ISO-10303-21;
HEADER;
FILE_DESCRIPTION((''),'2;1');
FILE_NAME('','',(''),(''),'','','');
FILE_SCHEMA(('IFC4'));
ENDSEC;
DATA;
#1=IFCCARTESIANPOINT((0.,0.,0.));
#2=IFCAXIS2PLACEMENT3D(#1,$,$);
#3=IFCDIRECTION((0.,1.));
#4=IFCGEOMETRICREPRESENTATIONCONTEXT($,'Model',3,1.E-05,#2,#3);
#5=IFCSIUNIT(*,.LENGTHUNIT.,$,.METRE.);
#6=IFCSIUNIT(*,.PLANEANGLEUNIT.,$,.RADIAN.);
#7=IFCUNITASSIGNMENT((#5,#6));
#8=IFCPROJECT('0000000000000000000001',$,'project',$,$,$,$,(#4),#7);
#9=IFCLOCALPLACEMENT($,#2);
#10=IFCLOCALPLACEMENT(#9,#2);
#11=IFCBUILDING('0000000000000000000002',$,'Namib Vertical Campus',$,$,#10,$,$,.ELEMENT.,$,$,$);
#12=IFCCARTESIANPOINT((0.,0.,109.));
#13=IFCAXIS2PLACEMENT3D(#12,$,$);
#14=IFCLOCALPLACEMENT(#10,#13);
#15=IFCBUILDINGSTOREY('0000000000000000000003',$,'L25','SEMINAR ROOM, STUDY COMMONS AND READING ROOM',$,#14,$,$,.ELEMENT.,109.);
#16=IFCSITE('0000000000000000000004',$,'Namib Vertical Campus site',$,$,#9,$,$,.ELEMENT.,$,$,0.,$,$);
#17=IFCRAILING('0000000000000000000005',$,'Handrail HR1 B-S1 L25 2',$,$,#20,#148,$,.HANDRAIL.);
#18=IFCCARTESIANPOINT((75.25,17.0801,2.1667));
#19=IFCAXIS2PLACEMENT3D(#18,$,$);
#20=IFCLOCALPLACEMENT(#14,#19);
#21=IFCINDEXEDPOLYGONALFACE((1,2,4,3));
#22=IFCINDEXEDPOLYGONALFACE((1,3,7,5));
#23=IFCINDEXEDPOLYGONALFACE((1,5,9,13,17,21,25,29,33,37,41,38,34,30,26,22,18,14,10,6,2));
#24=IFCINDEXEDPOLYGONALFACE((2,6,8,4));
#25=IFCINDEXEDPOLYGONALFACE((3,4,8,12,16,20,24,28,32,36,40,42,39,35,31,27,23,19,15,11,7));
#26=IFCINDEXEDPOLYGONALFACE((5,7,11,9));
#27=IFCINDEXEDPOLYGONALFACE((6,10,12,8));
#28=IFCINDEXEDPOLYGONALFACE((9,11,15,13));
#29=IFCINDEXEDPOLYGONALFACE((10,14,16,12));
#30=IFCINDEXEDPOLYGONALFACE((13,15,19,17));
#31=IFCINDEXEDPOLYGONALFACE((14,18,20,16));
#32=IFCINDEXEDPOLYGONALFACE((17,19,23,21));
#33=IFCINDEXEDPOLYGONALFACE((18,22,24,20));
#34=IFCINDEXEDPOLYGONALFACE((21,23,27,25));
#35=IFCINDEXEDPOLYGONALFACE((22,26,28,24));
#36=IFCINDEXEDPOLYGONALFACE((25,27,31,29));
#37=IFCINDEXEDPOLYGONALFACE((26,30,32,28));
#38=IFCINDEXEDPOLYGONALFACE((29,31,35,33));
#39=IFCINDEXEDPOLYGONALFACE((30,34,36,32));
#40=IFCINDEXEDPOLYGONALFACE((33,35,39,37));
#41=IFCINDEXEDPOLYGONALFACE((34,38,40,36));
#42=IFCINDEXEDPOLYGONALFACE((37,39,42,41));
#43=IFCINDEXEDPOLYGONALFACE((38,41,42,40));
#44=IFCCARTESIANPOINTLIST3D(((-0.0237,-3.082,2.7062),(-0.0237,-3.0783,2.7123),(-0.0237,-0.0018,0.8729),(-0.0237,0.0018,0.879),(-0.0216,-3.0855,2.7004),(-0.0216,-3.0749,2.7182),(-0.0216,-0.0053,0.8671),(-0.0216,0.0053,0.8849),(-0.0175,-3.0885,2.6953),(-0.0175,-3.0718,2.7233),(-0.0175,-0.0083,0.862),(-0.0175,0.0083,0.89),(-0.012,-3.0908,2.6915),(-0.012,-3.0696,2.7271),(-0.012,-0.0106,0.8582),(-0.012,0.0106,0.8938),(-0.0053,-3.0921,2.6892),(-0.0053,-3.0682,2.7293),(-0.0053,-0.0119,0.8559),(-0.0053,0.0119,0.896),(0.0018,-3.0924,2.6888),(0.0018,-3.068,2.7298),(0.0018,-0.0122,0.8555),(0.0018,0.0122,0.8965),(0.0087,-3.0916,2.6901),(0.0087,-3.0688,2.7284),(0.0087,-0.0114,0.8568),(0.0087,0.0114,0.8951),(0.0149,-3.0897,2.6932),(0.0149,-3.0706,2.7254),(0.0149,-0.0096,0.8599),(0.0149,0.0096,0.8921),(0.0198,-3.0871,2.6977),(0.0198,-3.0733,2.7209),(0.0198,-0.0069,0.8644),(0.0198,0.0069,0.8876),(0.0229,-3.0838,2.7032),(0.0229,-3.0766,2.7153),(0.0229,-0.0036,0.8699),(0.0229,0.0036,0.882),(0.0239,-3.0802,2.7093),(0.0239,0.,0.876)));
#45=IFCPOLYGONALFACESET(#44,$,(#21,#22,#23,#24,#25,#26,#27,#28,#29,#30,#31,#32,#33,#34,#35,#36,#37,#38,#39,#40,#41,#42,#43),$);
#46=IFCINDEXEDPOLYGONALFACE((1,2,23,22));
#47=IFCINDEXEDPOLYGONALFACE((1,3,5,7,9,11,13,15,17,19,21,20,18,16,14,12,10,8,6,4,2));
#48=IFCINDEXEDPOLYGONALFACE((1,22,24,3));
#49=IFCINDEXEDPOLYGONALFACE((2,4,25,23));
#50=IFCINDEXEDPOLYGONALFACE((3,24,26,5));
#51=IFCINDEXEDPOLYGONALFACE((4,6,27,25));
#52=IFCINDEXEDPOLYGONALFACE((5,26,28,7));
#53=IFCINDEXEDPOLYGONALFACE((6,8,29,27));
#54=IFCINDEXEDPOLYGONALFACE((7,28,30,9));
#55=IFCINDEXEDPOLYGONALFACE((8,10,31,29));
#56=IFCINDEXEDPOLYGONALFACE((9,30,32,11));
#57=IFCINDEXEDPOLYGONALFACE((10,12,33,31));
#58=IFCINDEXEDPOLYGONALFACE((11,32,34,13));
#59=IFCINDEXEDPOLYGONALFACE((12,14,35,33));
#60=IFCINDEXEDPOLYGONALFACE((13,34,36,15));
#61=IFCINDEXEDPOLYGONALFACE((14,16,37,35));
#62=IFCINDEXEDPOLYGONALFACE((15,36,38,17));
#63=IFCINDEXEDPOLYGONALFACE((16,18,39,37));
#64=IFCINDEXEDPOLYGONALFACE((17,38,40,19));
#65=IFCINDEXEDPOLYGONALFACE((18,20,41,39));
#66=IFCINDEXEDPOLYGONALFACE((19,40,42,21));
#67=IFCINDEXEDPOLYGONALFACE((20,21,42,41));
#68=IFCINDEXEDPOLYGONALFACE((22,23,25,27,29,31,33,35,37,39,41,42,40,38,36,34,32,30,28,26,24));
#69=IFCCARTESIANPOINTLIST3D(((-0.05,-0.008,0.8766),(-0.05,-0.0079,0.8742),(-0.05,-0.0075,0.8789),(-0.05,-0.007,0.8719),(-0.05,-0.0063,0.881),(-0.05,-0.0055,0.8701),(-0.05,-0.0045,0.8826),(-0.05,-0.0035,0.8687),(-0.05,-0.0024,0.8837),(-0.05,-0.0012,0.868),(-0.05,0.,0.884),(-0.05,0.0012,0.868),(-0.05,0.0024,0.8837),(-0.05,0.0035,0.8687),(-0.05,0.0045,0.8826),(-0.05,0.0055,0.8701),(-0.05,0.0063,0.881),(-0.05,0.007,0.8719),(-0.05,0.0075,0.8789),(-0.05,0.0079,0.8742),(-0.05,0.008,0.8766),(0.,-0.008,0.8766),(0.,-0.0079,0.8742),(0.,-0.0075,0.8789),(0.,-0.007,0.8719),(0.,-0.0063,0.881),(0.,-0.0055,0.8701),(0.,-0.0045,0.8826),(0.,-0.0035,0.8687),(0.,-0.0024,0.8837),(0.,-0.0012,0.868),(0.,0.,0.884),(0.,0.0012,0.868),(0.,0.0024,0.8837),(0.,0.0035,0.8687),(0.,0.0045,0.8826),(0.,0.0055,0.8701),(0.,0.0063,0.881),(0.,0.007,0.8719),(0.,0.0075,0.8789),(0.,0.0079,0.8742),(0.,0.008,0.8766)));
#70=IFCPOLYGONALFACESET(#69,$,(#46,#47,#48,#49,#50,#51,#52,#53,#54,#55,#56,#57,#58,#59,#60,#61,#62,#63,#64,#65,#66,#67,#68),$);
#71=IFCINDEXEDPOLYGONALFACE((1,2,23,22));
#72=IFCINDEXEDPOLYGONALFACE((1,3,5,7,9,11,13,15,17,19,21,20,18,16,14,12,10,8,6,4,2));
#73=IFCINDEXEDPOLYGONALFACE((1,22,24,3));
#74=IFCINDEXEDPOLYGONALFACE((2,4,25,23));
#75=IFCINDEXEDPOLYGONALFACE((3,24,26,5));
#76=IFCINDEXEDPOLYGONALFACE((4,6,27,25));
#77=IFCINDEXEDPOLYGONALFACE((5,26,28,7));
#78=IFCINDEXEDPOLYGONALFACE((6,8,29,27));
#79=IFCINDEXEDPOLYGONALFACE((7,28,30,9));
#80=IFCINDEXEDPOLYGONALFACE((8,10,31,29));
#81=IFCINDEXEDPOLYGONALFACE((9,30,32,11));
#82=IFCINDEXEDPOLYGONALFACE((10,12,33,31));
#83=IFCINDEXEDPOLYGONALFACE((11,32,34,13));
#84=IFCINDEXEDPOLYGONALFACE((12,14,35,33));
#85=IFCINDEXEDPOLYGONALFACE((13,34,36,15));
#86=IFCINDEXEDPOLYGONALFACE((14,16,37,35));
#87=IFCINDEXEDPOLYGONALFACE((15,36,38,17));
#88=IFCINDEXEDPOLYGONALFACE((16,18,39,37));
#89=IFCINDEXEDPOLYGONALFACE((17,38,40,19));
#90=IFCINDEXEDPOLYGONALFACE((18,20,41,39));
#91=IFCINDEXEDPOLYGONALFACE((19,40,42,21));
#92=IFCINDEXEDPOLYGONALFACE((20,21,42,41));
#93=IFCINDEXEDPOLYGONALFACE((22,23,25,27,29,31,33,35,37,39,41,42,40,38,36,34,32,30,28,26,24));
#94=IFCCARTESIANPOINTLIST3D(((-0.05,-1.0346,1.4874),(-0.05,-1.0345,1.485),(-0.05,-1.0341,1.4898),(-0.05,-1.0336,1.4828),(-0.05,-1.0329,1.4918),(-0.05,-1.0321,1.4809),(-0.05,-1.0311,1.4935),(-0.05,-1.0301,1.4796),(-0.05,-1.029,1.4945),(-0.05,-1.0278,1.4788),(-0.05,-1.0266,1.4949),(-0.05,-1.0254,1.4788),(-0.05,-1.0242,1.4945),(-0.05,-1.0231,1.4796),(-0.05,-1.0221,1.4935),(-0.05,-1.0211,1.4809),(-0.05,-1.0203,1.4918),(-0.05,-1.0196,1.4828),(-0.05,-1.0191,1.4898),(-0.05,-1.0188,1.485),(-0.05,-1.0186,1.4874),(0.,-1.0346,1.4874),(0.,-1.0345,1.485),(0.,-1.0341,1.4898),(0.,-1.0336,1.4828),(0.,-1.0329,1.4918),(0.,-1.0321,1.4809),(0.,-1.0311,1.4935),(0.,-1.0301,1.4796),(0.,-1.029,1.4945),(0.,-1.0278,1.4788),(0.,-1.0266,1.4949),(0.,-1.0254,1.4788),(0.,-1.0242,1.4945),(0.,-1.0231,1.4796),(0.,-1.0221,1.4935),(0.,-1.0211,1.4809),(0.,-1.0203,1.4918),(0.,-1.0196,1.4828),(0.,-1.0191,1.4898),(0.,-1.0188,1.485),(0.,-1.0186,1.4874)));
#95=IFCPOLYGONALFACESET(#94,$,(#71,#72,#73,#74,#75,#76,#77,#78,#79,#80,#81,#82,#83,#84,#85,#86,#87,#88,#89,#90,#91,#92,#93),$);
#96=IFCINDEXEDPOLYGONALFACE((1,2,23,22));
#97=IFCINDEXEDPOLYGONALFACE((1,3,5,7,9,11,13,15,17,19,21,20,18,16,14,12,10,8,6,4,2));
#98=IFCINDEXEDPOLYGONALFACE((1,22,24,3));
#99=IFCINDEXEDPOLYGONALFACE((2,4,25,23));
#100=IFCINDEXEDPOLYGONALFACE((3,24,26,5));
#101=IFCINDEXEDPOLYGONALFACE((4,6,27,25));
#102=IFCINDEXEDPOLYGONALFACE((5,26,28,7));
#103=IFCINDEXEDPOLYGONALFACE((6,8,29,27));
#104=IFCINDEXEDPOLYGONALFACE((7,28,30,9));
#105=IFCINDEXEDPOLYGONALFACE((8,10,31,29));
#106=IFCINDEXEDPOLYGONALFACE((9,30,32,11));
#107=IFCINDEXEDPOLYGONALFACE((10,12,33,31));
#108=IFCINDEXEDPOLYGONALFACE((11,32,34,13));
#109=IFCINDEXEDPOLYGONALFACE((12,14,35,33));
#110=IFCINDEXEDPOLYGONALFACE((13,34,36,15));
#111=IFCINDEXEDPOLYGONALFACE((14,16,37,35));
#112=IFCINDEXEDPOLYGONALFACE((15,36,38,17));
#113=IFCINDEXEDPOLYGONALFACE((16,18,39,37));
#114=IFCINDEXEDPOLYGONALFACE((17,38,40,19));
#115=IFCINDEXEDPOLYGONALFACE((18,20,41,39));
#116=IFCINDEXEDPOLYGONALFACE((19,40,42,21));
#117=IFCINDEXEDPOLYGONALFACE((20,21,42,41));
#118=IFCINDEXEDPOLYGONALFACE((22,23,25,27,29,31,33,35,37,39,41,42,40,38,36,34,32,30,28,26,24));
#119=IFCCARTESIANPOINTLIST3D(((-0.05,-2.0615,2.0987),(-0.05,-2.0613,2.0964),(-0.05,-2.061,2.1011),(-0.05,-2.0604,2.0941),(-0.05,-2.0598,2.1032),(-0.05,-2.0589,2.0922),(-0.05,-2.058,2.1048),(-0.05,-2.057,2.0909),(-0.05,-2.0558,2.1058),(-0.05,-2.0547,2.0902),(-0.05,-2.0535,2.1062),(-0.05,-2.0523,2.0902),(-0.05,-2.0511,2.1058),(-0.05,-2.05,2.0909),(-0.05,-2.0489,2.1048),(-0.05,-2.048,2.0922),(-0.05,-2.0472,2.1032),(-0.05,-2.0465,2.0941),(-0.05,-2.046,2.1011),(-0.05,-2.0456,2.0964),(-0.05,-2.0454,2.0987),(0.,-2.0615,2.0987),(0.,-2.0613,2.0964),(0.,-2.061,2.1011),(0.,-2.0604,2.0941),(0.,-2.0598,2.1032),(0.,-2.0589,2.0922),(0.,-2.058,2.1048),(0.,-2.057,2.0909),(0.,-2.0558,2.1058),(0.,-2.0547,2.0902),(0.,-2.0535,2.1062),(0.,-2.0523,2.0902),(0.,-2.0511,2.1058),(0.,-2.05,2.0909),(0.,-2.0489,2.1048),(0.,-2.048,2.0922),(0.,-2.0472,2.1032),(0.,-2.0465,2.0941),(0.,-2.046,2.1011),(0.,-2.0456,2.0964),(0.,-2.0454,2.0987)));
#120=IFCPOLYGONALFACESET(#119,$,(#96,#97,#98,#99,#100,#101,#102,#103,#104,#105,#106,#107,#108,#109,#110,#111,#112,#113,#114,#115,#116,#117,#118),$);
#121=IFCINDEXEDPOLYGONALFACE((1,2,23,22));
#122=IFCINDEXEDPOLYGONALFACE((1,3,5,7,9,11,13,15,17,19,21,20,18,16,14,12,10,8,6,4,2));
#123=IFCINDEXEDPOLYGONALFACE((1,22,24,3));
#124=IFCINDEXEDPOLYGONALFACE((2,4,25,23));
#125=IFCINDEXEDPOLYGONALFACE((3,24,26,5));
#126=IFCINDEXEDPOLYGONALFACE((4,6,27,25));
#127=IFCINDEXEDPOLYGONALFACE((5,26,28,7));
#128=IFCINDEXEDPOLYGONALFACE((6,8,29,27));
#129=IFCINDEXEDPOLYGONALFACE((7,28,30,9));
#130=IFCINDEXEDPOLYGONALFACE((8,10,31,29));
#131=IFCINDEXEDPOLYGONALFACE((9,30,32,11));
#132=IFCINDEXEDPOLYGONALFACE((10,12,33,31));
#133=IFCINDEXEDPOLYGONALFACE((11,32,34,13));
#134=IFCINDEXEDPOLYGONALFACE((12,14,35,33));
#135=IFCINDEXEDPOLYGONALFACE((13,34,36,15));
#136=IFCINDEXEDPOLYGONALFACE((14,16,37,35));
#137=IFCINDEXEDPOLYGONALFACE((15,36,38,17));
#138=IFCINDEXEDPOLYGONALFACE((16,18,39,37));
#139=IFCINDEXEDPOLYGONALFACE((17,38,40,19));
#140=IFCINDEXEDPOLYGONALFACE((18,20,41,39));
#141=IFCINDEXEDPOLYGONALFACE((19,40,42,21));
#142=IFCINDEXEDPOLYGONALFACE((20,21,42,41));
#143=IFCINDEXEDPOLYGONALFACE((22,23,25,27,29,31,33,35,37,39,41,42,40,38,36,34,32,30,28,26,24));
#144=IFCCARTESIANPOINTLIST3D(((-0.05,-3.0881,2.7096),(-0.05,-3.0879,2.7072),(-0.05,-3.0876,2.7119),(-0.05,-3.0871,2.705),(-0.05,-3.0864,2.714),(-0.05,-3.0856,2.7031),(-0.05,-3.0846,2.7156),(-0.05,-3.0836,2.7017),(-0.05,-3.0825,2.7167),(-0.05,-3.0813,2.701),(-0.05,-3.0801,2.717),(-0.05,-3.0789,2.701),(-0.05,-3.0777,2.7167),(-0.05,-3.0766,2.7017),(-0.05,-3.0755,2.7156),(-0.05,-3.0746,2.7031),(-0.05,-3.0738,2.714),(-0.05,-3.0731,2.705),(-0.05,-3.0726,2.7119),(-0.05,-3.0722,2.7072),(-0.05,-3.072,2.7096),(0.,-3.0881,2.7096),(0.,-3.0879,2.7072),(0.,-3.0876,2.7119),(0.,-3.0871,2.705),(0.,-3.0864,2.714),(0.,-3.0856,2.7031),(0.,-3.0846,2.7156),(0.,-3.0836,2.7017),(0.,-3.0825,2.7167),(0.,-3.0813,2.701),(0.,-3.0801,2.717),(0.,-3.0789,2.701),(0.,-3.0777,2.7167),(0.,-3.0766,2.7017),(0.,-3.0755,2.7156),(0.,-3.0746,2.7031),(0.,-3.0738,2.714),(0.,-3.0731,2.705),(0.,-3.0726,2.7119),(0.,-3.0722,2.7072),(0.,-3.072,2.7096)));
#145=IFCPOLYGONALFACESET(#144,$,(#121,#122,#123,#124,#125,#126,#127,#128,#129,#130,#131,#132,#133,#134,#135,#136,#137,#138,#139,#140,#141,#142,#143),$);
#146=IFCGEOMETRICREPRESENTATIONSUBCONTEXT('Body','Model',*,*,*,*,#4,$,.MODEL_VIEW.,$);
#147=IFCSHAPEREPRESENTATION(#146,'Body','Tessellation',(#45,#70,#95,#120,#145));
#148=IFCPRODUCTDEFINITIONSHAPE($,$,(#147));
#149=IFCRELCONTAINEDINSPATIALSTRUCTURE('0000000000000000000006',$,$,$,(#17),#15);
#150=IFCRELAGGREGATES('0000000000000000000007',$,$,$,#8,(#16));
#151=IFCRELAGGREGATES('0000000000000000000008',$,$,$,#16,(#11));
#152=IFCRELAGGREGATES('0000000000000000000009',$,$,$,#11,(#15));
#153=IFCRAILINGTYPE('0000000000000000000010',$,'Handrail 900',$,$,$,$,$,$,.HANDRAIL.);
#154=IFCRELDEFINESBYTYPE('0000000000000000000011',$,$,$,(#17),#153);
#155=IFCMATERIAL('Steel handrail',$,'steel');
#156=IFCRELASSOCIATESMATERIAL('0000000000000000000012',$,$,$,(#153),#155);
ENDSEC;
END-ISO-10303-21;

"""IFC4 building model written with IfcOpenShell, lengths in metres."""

from ifc_helpers import new_model, si_unit, direction, frame, origin, origin_2d, place, context, subcontext, project, spatial, circle, extrude, material, type_object, element, save


model = new_model("IFC4")

# Units and contexts
model_context = context("Model", 3, precision=1e-05, world=origin(), true_north=direction((0.0, 1.0)))
body_context = subcontext(model_context, "Body", "Model", "MODEL_VIEW")
ifc_project = project(units=[si_unit("LENGTHUNIT", "METRE"), si_unit("PLANEANGLEUNIT", "RADIAN")], contexts=[model_context])

# Site, building, storey
site_placement = place(None, origin())
site = spatial("IfcSite", under=ifc_project, at=site_placement, Name="Namib Vertical Campus site", CompositionType="ELEMENT", RefElevation=0.0)
building_placement = place(site_placement, origin())
building = spatial("IfcBuilding", under=site, at=building_placement, Name="Namib Vertical Campus", CompositionType="ELEMENT")
storey_placement = place(building_placement, frame((0.0, 0.0, 109.0)))
storey = spatial("IfcBuildingStorey", under=building, at=storey_placement, Name="L25", Description="SEMINAR ROOM, STUDY COMMONS AND READING ROOM", CompositionType="ELEMENT", Elevation=109.0)

# Railing
ifc_material_1 = material(Name="Steel handrail", Category="steel")
railing_type = type_object("IfcRailingType", Name="Handrail 900", PredefinedType="HANDRAIL", material=ifc_material_1)
railing_1_placement = place(storey_placement, frame((75.25, 17.0801, 2.1667)))
element("IfcRailing", 1, at=railing_1_placement, inside=storey, type_object=railing_type, Name="Handrail HR1 B-S1 L25 2", PredefinedType="HANDRAIL", context=body_context, shape_type="SweptSolid", body=[
    extrude(circle(Radius=0.0239, at=origin_2d()), frame((0.0, 0.0, 0.876), z_axis=(0.0, -0.859309, 0.511458), x_axis=(1.0, 0.0, 0.0)), (0.0, 0.0, 1.0), 3.5845),
    extrude(circle(Radius=0.0081, at=origin_2d()), frame((0.0, 0.0, 0.876), z_axis=(-1.0, 0.0, 0.0), x_axis=(0.0, 0.0, 1.0)), (0.0, 0.0, 1.0), 0.05),
    extrude(circle(Radius=0.0081, at=origin_2d()), frame((0.0, -1.0266, 1.4868), z_axis=(-1.0, 0.0, 0.0), x_axis=(0.0, 0.0, 1.0)), (0.0, 0.0, 1.0), 0.05),
    extrude(circle(Radius=0.0081, at=origin_2d()), frame((0.0, -2.0535, 2.0981), z_axis=(-1.0, 0.0, 0.0), x_axis=(0.0, 0.0, 1.0)), (0.0, 0.0, 1.0), 0.05),
    extrude(circle(Radius=0.0081, at=origin_2d()), frame((0.0, -3.0801, 2.709), z_axis=(-1.0, 0.0, 0.0), x_axis=(0.0, 0.0, 1.0)), (0.0, 0.0, 1.0), 0.05),
])

save(model, "model.ifc")
